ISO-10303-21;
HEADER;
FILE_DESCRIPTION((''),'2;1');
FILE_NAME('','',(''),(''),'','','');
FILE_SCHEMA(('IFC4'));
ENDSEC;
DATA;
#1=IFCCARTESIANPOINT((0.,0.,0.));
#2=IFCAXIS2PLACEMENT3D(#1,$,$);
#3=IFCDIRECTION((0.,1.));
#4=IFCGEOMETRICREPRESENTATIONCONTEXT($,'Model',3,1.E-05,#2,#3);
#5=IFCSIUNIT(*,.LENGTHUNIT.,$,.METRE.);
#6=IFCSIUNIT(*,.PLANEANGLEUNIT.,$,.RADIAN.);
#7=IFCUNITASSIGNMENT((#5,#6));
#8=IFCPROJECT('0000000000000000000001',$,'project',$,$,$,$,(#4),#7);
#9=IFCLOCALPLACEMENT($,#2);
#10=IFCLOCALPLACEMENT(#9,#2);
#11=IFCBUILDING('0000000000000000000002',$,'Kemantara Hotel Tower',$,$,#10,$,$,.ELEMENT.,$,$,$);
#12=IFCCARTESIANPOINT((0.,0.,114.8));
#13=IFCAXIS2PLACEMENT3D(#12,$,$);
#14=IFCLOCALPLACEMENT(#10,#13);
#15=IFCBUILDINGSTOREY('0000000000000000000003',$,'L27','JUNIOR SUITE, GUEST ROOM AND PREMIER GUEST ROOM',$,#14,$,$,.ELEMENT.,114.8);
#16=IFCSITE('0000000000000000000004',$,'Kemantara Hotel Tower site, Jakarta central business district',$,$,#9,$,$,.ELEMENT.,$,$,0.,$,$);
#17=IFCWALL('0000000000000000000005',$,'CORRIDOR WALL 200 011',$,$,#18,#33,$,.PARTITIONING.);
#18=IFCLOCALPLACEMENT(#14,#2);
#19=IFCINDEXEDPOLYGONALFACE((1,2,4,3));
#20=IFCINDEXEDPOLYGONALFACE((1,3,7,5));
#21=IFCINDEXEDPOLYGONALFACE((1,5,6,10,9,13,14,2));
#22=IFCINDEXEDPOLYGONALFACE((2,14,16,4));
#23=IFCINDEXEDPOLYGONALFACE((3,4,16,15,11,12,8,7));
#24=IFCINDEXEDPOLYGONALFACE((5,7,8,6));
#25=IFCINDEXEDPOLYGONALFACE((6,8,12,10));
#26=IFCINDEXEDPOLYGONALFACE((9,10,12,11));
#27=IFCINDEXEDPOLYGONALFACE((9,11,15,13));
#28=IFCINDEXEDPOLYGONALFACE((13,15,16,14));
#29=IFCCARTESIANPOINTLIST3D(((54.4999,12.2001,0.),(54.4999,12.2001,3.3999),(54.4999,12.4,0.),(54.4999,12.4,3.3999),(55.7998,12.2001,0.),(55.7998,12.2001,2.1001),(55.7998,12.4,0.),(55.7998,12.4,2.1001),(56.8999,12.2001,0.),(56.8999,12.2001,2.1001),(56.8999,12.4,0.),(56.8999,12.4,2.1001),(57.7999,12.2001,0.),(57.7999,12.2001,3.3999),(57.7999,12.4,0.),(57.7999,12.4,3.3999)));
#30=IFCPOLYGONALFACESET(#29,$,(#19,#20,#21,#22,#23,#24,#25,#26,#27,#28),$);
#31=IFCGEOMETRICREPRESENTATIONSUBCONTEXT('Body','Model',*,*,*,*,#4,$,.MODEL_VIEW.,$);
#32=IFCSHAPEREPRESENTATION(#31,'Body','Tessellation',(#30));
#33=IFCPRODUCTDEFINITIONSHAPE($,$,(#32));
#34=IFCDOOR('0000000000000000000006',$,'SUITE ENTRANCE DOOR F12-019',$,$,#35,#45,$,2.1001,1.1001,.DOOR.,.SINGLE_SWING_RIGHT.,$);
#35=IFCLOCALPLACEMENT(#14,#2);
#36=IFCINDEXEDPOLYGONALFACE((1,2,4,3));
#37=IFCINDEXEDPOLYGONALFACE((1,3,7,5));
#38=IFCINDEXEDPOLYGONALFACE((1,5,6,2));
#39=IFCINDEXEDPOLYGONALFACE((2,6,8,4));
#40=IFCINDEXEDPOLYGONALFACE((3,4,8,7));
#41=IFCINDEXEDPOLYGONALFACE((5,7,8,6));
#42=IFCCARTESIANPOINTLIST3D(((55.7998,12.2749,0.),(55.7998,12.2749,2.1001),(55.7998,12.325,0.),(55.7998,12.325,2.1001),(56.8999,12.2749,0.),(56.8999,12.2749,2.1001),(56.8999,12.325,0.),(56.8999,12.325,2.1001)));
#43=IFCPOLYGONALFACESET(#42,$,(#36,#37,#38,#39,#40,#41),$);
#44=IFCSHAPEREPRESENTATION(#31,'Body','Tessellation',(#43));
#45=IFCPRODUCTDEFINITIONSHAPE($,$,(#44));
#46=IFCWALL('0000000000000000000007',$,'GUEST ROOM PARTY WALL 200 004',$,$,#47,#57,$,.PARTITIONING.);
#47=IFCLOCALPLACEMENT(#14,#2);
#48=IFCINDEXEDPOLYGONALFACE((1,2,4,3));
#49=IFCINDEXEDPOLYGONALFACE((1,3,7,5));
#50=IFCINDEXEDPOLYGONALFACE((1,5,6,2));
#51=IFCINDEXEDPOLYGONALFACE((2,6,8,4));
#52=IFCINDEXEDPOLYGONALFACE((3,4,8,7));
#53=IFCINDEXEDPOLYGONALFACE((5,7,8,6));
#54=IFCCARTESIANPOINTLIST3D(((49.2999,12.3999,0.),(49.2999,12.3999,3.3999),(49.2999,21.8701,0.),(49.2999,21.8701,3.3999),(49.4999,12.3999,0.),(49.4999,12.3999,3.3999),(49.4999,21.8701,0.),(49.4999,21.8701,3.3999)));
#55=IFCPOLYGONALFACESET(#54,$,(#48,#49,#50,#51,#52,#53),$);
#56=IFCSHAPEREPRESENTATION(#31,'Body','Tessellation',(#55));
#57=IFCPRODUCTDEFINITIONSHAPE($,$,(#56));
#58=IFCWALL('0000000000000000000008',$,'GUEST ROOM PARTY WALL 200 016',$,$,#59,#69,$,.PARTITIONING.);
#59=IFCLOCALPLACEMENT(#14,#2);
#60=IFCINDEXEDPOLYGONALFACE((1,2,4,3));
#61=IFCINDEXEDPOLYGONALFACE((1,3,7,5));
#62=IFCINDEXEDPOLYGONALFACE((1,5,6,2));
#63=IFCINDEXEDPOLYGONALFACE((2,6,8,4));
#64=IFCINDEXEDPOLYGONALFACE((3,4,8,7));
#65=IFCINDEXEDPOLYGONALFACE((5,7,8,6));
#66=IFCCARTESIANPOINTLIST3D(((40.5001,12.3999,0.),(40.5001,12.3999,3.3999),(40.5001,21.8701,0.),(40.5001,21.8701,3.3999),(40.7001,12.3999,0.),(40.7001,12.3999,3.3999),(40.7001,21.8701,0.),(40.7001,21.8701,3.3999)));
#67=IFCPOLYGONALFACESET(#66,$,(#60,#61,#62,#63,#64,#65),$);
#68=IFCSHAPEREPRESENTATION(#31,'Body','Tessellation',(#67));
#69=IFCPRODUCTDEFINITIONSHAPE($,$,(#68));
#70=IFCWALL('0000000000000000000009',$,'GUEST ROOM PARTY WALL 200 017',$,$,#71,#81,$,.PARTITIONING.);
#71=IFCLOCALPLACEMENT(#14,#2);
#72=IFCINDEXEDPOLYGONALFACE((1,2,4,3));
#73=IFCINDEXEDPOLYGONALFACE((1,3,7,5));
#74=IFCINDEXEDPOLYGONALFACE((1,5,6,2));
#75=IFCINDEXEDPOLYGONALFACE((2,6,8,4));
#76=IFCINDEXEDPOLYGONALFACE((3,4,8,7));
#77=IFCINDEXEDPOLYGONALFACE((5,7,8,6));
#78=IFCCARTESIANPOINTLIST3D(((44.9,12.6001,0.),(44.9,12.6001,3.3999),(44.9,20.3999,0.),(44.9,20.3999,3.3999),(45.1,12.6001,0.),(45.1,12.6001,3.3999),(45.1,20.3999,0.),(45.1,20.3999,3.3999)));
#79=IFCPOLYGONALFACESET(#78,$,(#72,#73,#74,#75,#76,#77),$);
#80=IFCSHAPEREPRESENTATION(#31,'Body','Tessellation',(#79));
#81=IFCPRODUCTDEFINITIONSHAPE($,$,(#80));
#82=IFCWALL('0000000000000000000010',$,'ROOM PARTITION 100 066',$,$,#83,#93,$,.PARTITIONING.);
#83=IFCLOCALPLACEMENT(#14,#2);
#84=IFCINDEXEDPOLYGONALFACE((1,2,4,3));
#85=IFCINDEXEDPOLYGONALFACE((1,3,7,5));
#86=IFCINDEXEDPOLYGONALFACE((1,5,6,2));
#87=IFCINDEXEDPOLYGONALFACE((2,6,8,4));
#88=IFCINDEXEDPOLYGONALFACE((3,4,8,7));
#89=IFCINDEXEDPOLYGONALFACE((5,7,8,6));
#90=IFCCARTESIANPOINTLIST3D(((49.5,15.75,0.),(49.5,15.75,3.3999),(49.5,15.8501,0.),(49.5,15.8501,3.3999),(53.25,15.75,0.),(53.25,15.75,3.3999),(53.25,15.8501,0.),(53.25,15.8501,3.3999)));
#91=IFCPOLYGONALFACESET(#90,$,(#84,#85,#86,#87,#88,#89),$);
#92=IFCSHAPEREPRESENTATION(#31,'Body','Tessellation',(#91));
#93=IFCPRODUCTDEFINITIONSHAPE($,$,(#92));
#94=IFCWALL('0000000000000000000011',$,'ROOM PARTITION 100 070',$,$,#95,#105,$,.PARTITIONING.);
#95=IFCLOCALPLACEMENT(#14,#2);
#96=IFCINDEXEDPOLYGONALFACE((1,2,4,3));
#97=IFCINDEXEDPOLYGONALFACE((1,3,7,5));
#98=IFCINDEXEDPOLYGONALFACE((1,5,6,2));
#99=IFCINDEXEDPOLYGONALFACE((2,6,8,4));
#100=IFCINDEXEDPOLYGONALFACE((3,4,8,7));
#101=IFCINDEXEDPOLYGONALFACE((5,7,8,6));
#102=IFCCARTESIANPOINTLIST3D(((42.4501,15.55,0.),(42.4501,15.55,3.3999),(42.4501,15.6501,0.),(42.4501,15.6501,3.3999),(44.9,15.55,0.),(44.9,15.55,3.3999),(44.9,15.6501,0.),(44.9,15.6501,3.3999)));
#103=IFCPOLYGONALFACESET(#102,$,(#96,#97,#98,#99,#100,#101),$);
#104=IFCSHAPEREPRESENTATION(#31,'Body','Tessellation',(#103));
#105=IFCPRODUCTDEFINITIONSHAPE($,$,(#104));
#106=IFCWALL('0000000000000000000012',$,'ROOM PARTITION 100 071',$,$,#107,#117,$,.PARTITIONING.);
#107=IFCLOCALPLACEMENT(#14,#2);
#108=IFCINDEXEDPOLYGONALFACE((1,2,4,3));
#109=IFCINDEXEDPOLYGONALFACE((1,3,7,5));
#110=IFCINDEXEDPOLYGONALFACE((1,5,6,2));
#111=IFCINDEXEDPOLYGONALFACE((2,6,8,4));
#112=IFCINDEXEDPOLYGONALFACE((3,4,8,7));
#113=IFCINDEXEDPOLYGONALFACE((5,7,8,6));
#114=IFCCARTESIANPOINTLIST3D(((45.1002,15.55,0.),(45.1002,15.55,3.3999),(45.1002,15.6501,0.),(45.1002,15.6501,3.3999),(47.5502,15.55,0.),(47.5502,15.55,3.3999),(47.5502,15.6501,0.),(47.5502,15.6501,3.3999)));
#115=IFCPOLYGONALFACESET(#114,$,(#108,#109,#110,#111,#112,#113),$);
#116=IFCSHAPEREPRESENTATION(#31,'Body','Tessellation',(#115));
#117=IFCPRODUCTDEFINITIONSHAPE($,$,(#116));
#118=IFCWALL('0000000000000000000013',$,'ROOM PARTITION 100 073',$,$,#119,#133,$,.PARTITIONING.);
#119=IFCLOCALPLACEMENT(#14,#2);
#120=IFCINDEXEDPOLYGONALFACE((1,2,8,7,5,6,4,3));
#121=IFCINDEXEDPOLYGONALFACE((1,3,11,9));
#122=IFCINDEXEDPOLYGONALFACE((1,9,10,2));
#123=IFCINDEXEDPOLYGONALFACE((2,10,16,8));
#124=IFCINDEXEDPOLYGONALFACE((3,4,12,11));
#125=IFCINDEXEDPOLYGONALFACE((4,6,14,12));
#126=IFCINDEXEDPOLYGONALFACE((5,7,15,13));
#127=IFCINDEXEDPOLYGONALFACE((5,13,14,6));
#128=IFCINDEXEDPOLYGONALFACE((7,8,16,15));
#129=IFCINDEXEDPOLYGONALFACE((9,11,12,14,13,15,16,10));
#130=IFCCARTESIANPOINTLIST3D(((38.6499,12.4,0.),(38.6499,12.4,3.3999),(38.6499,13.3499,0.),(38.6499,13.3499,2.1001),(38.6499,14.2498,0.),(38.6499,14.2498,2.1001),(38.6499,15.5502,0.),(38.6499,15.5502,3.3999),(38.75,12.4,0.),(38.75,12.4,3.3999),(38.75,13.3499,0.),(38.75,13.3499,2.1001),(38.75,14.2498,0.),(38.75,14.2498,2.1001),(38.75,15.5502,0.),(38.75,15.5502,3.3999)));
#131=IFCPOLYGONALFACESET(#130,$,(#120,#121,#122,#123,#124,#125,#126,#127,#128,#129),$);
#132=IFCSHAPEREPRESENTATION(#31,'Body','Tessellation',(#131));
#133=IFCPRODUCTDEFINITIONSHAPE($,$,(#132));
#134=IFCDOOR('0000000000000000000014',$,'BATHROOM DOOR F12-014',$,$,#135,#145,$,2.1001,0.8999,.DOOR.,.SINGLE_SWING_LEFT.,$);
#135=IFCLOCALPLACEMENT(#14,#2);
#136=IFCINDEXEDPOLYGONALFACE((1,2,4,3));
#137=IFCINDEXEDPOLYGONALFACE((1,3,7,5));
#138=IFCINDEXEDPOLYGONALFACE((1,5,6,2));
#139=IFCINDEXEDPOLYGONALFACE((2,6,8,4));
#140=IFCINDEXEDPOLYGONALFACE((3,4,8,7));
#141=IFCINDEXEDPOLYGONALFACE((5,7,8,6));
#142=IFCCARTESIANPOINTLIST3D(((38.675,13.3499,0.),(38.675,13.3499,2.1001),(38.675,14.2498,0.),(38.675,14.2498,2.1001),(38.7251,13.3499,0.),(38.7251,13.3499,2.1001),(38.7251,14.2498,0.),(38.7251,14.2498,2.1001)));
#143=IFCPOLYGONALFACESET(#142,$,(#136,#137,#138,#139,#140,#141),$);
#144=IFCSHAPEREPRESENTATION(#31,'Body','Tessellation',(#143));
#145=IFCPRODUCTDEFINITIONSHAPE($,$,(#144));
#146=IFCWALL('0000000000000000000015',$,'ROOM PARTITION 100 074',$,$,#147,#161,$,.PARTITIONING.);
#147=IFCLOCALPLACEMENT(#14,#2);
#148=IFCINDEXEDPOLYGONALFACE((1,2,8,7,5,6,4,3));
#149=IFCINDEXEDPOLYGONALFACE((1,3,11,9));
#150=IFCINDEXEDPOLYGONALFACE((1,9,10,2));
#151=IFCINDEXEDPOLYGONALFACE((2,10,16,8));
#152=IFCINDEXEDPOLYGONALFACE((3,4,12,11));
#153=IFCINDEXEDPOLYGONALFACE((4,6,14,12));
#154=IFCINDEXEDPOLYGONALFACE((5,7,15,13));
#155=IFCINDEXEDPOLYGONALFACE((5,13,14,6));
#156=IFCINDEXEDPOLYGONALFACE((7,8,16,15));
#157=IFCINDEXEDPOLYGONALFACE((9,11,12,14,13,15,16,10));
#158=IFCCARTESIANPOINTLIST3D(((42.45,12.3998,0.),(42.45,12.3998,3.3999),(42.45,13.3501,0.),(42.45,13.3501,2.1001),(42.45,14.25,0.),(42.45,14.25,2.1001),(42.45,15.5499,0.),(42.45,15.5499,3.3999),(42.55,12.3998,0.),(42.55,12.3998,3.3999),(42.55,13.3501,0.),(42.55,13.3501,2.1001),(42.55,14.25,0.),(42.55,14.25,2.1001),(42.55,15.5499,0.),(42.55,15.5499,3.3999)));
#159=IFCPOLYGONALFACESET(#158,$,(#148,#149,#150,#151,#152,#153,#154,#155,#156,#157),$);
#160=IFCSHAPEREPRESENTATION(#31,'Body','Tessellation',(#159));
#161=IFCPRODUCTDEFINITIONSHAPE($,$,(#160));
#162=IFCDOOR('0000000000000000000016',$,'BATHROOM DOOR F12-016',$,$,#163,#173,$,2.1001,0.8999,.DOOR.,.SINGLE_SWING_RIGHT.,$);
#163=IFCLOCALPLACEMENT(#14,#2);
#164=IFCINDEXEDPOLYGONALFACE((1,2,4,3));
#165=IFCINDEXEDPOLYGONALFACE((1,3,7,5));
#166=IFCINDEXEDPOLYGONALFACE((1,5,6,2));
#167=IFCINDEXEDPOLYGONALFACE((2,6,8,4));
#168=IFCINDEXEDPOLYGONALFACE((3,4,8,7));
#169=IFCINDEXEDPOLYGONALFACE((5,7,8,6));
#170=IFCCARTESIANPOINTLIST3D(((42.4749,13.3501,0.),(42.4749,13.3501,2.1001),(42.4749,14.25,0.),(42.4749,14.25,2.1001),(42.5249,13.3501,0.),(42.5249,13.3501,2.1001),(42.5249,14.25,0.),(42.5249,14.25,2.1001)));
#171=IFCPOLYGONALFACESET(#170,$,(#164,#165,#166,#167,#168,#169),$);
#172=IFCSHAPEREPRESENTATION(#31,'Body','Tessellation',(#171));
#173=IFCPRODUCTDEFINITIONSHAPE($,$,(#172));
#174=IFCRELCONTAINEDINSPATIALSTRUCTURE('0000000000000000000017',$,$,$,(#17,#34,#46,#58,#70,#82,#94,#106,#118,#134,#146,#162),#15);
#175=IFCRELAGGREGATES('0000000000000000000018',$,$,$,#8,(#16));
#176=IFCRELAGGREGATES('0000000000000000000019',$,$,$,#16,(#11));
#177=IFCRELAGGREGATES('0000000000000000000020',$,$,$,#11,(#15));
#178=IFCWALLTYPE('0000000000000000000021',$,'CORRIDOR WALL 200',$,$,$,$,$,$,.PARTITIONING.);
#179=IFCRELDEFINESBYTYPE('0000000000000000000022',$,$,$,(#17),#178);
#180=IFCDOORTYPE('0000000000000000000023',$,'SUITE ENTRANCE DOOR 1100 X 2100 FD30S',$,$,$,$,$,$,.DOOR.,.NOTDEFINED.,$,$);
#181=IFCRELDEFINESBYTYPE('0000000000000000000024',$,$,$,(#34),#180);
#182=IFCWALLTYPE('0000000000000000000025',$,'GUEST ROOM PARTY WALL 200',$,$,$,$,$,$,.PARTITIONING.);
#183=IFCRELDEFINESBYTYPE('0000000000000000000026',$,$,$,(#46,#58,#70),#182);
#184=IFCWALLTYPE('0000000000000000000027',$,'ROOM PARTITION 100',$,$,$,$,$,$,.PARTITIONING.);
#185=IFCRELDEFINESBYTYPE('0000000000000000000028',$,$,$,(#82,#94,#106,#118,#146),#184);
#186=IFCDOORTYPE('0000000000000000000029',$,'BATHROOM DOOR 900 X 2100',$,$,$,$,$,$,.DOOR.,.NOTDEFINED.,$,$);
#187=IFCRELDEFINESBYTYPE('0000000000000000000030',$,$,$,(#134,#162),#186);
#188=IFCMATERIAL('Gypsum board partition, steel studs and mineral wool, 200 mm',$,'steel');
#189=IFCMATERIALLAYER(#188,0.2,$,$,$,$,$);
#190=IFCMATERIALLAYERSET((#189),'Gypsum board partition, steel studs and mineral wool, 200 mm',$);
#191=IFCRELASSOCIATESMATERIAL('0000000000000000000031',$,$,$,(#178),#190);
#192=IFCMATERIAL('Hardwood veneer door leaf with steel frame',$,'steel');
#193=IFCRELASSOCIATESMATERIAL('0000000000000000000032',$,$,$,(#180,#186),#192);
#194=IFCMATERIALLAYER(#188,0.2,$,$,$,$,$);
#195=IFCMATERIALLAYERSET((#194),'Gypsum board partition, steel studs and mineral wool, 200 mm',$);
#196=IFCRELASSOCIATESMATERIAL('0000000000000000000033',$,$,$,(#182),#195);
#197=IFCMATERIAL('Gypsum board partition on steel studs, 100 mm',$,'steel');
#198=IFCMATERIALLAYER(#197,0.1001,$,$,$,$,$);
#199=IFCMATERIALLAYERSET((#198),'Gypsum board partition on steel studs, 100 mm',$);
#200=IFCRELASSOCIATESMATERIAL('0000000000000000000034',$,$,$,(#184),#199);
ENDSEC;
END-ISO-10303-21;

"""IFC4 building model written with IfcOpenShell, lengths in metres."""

from ifc_helpers import new_model, si_unit, direction, frame, frame_2d, origin, place, context, subcontext, project, spatial, rectangle, extrude, material, layer, layer_set, type_object, element, fill, save


model = new_model("IFC4")

# Units and contexts
model_context = context("Model", 3, precision=1e-05, world=origin(), true_north=direction((0.0, 1.0)))
body_context = subcontext(model_context, "Body", "Model", "MODEL_VIEW")
ifc_project = project(units=[si_unit("LENGTHUNIT", "METRE"), si_unit("PLANEANGLEUNIT", "RADIAN")], contexts=[model_context])

# Site, building, storey
site_placement = place(None, origin())
site = spatial("IfcSite", under=ifc_project, at=site_placement, Name="Kemantara Hotel Tower site, Jakarta central business district", CompositionType="ELEMENT", RefElevation=0.0)
building_placement = place(site_placement, origin())
building = spatial("IfcBuilding", under=site, at=building_placement, Name="Kemantara Hotel Tower", CompositionType="ELEMENT")
storey_placement = place(building_placement, frame((0.0, 0.0, 114.8)))
storey = spatial("IfcBuildingStorey", under=building, at=storey_placement, Name="L27", Description="JUNIOR SUITE, GUEST ROOM AND PREMIER GUEST ROOM", CompositionType="ELEMENT", Elevation=114.8)

# Wall, opening, door
ifc_material_1 = material(Name="Gypsum board partition, steel studs and mineral wool, 200 mm", Category="steel")
ifc_layer_1 = layer(ifc_material_1, 0.2)
ifc_layer_set_1 = layer_set([ifc_layer_1], Name="Gypsum board partition, steel studs and mineral wool, 200 mm")
wall_type_1 = type_object("IfcWallType", Name="CORRIDOR WALL 200", PredefinedType="PARTITIONING", material=ifc_layer_set_1)
ifc_material_2 = material(Name="Hardwood veneer door leaf with steel frame", Category="steel")
wall_1_placement = place(storey_placement, frame((54.5, 12.3, 0.0), z_axis=(0.0, 0.0, 1.0), x_axis=(1.0, 0.0, 0.0)))
wall_1 = element("IfcWall", 1, at=wall_1_placement, inside=storey, type_object=wall_type_1, Name="CORRIDOR WALL 200 011", PredefinedType="PARTITIONING", context=body_context, shape_type="SweptSolid", body=[
    extrude(rectangle(XDim=3.3, YDim=0.2, at=frame_2d((1.6499, 0.0))), origin(), (0.0, 0.0, 1.0), 3.3999),
])
opening_1_placement = place(wall_1_placement, frame((1.2998, 0.0, 0.0)))
opening_1 = element("IfcOpeningElement", 2, at=opening_1_placement, cuts=wall_1, PredefinedType="OPENING", context=body_context, shape_type="SweptSolid", body=[
    extrude(rectangle(XDim=1.1001, YDim=2.1001, at=frame_2d((0.55, 1.05))), frame((0.0, 0.1099, 0.0), z_axis=(0.0, -1.0, 0.0), x_axis=(1.0, 0.0, 0.0)), (0.0, 0.0, 1.0), 0.22),
])
door_type_1 = type_object("IfcDoorType", Name="SUITE ENTRANCE DOOR 1100 X 2100 FD30S", OperationType="NOTDEFINED", PredefinedType="DOOR", material=ifc_material_2)
door_1_placement = place(opening_1_placement, origin())
door_1 = element("IfcDoor", 3, at=door_1_placement, inside=storey, type_object=door_type_1, Name="SUITE ENTRANCE DOOR F12-019", OperationType="SINGLE_SWING_RIGHT", OverallHeight=2.1001, OverallWidth=1.1001, PredefinedType="DOOR", context=body_context, shape_type="SweptSolid", body=[
    extrude(rectangle(XDim=1.1001, YDim=2.1001, at=frame_2d((0.55, 1.05))), frame((0.0, 0.0249, 0.0), z_axis=(0.0, -1.0, 0.0), x_axis=(1.0, 0.0, 0.0)), (0.0, 0.0, 1.0), 0.05),
])
fill(opening_1, door_1)

# Walls
ifc_layer_2 = layer(ifc_material_1, 0.2)
ifc_layer_set_2 = layer_set([ifc_layer_2], Name="Gypsum board partition, steel studs and mineral wool, 200 mm")
wall_type_2 = type_object("IfcWallType", Name="GUEST ROOM PARTY WALL 200", PredefinedType="PARTITIONING", material=ifc_layer_set_2)
for number, where, z_axis, x_axis, name in (
    (4, (49.3999, 12.3999, 0.0), (0.0, 0.0, 1.0), (0.0, 1.0, 0.0), "GUEST ROOM PARTY WALL 200 004"),
    (5, (40.6001, 12.3999, 0.0), (0.0, 0.0, 1.0), (0.0, 1.0, 0.0), "GUEST ROOM PARTY WALL 200 016"),
):
    element("IfcWall", number, at=place(storey_placement, frame(where, z_axis=z_axis, x_axis=x_axis)), inside=storey, type_object=wall_type_2, Name=name, PredefinedType="PARTITIONING", context=body_context, shape_type="SweptSolid", body=[
        extrude(rectangle(XDim=9.4702, YDim=0.2, at=frame_2d((4.7351, 0.0))), origin(), (0.0, 0.0, 1.0), 3.3999),
    ])
wall_2_placement = place(storey_placement, frame((45.0, 12.6001, 0.0), z_axis=(0.0, 0.0, 1.0), x_axis=(0.0, 1.0, 0.0)))
element("IfcWall", 6, at=wall_2_placement, inside=storey, type_object=wall_type_2, Name="GUEST ROOM PARTY WALL 200 017", PredefinedType="PARTITIONING", context=body_context, shape_type="SweptSolid", body=[
    extrude(rectangle(XDim=7.7998, YDim=0.2, at=frame_2d((3.8999, 0.0))), origin(), (0.0, 0.0, 1.0), 3.3999),
])
ifc_material_3 = material(Name="Gypsum board partition on steel studs, 100 mm", Category="steel")
ifc_layer_3 = layer(ifc_material_3, 0.1001)
ifc_layer_set_3 = layer_set([ifc_layer_3], Name="Gypsum board partition on steel studs, 100 mm")
wall_type_3 = type_object("IfcWallType", Name="ROOM PARTITION 100", PredefinedType="PARTITIONING", material=ifc_layer_set_3)
wall_3_placement = place(storey_placement, frame((49.5, 15.8, 0.0), z_axis=(0.0, 0.0, 1.0), x_axis=(1.0, 0.0, 0.0)))
element("IfcWall", 7, at=wall_3_placement, inside=storey, type_object=wall_type_3, Name="ROOM PARTITION 100 066", PredefinedType="PARTITIONING", context=body_context, shape_type="SweptSolid", body=[
    extrude(rectangle(XDim=3.75, YDim=0.1001, at=frame_2d((1.875, 0.0))), origin(), (0.0, 0.0, 1.0), 3.3999),
])
for number, where, z_axis, x_axis, name in (
    (8, (42.45, 15.6001, 0.0), (0.0, 0.0, 1.0), (1.0, 0.0, 0.0), "ROOM PARTITION 100 070"),
    (9, (45.1001, 15.6001, 0.0), (0.0, 0.0, 1.0), (1.0, 0.0, 0.0), "ROOM PARTITION 100 071"),
):
    element("IfcWall", number, at=place(storey_placement, frame(where, z_axis=z_axis, x_axis=x_axis)), inside=storey, type_object=wall_type_3, Name=name, PredefinedType="PARTITIONING", context=body_context, shape_type="SweptSolid", body=[
        extrude(rectangle(XDim=2.45, YDim=0.1001, at=frame_2d((1.2251, 0.0))), origin(), (0.0, 0.0, 1.0), 3.3999),
    ])

# Walls, openings, doors
wall_4_placement = place(storey_placement, frame((38.7, 12.3999, 0.0), z_axis=(0.0, 0.0, 1.0), x_axis=(0.0, 1.0, 0.0)))
wall_4 = element("IfcWall", 10, at=wall_4_placement, inside=storey, type_object=wall_type_3, Name="ROOM PARTITION 100 073", PredefinedType="PARTITIONING", context=body_context, shape_type="SweptSolid", body=[
    extrude(rectangle(XDim=3.1501, YDim=0.1001, at=frame_2d((1.5752, 0.0))), origin(), (0.0, 0.0, 1.0), 3.3999),
])
opening_2_placement = place(wall_4_placement, frame((0.95, 0.0, 0.0)))
opening_2 = element("IfcOpeningElement", 11, at=opening_2_placement, cuts=wall_4, PredefinedType="OPENING", context=body_context, shape_type="SweptSolid", body=[
    extrude(rectangle(XDim=0.8999, YDim=2.1001, at=frame_2d((0.45, 1.05))), frame((0.0, 0.0601, 0.0), z_axis=(0.0, -1.0, 0.0), x_axis=(1.0, 0.0, 0.0)), (0.0, 0.0, 1.0), 0.1201),
])
door_type_2 = type_object("IfcDoorType", Name="BATHROOM DOOR 900 X 2100", OperationType="NOTDEFINED", PredefinedType="DOOR", material=ifc_material_2)
door_2_placement = place(opening_2_placement, origin())
door_2 = element("IfcDoor", 12, at=door_2_placement, inside=storey, type_object=door_type_2, Name="BATHROOM DOOR F12-014", OperationType="SINGLE_SWING_LEFT", OverallHeight=2.1001, OverallWidth=0.8999, PredefinedType="DOOR", context=body_context, shape_type="SweptSolid", body=[
    extrude(rectangle(XDim=0.8999, YDim=2.1001, at=frame_2d((0.45, 1.05))), frame((0.0, 0.0249, 0.0), z_axis=(0.0, -1.0, 0.0), x_axis=(1.0, 0.0, 0.0)), (0.0, 0.0, 1.0), 0.05),
])
fill(opening_2, door_2)
wall_5_placement = place(storey_placement, frame((42.5, 15.55, 0.0), z_axis=(0.0, 0.0, 1.0), x_axis=(0.0, -1.0, 0.0)))
wall_5 = element("IfcWall", 13, at=wall_5_placement, inside=storey, type_object=wall_type_3, Name="ROOM PARTITION 100 074", PredefinedType="PARTITIONING", context=body_context, shape_type="SweptSolid", body=[
    extrude(rectangle(XDim=3.1501, YDim=0.1001, at=frame_2d((1.5752, 0.0))), origin(), (0.0, 0.0, 1.0), 3.3999),
])
opening_3_placement = place(wall_5_placement, frame((1.3, 0.0, 0.0)))
opening_3 = element("IfcOpeningElement", 14, at=opening_3_placement, cuts=wall_5, PredefinedType="OPENING", context=body_context, shape_type="SweptSolid", body=[
    extrude(rectangle(XDim=0.8999, YDim=2.1001, at=frame_2d((0.45, 1.05))), frame((0.0, 0.0601, 0.0), z_axis=(0.0, -1.0, 0.0), x_axis=(1.0, 0.0, 0.0)), (0.0, 0.0, 1.0), 0.1201),
])
door_3_placement = place(opening_3_placement, origin())
door_3 = element("IfcDoor", 15, at=door_3_placement, inside=storey, type_object=door_type_2, Name="BATHROOM DOOR F12-016", OperationType="SINGLE_SWING_RIGHT", OverallHeight=2.1001, OverallWidth=0.8999, PredefinedType="DOOR", context=body_context, shape_type="SweptSolid", body=[
    extrude(rectangle(XDim=0.8999, YDim=2.1001, at=frame_2d((0.45, 1.05))), frame((0.0, 0.0249, 0.0), z_axis=(0.0, -1.0, 0.0), x_axis=(1.0, 0.0, 0.0)), (0.0, 0.0, 1.0), 0.05),
])
fill(opening_3, door_3)

save(model, "model.ifc")
